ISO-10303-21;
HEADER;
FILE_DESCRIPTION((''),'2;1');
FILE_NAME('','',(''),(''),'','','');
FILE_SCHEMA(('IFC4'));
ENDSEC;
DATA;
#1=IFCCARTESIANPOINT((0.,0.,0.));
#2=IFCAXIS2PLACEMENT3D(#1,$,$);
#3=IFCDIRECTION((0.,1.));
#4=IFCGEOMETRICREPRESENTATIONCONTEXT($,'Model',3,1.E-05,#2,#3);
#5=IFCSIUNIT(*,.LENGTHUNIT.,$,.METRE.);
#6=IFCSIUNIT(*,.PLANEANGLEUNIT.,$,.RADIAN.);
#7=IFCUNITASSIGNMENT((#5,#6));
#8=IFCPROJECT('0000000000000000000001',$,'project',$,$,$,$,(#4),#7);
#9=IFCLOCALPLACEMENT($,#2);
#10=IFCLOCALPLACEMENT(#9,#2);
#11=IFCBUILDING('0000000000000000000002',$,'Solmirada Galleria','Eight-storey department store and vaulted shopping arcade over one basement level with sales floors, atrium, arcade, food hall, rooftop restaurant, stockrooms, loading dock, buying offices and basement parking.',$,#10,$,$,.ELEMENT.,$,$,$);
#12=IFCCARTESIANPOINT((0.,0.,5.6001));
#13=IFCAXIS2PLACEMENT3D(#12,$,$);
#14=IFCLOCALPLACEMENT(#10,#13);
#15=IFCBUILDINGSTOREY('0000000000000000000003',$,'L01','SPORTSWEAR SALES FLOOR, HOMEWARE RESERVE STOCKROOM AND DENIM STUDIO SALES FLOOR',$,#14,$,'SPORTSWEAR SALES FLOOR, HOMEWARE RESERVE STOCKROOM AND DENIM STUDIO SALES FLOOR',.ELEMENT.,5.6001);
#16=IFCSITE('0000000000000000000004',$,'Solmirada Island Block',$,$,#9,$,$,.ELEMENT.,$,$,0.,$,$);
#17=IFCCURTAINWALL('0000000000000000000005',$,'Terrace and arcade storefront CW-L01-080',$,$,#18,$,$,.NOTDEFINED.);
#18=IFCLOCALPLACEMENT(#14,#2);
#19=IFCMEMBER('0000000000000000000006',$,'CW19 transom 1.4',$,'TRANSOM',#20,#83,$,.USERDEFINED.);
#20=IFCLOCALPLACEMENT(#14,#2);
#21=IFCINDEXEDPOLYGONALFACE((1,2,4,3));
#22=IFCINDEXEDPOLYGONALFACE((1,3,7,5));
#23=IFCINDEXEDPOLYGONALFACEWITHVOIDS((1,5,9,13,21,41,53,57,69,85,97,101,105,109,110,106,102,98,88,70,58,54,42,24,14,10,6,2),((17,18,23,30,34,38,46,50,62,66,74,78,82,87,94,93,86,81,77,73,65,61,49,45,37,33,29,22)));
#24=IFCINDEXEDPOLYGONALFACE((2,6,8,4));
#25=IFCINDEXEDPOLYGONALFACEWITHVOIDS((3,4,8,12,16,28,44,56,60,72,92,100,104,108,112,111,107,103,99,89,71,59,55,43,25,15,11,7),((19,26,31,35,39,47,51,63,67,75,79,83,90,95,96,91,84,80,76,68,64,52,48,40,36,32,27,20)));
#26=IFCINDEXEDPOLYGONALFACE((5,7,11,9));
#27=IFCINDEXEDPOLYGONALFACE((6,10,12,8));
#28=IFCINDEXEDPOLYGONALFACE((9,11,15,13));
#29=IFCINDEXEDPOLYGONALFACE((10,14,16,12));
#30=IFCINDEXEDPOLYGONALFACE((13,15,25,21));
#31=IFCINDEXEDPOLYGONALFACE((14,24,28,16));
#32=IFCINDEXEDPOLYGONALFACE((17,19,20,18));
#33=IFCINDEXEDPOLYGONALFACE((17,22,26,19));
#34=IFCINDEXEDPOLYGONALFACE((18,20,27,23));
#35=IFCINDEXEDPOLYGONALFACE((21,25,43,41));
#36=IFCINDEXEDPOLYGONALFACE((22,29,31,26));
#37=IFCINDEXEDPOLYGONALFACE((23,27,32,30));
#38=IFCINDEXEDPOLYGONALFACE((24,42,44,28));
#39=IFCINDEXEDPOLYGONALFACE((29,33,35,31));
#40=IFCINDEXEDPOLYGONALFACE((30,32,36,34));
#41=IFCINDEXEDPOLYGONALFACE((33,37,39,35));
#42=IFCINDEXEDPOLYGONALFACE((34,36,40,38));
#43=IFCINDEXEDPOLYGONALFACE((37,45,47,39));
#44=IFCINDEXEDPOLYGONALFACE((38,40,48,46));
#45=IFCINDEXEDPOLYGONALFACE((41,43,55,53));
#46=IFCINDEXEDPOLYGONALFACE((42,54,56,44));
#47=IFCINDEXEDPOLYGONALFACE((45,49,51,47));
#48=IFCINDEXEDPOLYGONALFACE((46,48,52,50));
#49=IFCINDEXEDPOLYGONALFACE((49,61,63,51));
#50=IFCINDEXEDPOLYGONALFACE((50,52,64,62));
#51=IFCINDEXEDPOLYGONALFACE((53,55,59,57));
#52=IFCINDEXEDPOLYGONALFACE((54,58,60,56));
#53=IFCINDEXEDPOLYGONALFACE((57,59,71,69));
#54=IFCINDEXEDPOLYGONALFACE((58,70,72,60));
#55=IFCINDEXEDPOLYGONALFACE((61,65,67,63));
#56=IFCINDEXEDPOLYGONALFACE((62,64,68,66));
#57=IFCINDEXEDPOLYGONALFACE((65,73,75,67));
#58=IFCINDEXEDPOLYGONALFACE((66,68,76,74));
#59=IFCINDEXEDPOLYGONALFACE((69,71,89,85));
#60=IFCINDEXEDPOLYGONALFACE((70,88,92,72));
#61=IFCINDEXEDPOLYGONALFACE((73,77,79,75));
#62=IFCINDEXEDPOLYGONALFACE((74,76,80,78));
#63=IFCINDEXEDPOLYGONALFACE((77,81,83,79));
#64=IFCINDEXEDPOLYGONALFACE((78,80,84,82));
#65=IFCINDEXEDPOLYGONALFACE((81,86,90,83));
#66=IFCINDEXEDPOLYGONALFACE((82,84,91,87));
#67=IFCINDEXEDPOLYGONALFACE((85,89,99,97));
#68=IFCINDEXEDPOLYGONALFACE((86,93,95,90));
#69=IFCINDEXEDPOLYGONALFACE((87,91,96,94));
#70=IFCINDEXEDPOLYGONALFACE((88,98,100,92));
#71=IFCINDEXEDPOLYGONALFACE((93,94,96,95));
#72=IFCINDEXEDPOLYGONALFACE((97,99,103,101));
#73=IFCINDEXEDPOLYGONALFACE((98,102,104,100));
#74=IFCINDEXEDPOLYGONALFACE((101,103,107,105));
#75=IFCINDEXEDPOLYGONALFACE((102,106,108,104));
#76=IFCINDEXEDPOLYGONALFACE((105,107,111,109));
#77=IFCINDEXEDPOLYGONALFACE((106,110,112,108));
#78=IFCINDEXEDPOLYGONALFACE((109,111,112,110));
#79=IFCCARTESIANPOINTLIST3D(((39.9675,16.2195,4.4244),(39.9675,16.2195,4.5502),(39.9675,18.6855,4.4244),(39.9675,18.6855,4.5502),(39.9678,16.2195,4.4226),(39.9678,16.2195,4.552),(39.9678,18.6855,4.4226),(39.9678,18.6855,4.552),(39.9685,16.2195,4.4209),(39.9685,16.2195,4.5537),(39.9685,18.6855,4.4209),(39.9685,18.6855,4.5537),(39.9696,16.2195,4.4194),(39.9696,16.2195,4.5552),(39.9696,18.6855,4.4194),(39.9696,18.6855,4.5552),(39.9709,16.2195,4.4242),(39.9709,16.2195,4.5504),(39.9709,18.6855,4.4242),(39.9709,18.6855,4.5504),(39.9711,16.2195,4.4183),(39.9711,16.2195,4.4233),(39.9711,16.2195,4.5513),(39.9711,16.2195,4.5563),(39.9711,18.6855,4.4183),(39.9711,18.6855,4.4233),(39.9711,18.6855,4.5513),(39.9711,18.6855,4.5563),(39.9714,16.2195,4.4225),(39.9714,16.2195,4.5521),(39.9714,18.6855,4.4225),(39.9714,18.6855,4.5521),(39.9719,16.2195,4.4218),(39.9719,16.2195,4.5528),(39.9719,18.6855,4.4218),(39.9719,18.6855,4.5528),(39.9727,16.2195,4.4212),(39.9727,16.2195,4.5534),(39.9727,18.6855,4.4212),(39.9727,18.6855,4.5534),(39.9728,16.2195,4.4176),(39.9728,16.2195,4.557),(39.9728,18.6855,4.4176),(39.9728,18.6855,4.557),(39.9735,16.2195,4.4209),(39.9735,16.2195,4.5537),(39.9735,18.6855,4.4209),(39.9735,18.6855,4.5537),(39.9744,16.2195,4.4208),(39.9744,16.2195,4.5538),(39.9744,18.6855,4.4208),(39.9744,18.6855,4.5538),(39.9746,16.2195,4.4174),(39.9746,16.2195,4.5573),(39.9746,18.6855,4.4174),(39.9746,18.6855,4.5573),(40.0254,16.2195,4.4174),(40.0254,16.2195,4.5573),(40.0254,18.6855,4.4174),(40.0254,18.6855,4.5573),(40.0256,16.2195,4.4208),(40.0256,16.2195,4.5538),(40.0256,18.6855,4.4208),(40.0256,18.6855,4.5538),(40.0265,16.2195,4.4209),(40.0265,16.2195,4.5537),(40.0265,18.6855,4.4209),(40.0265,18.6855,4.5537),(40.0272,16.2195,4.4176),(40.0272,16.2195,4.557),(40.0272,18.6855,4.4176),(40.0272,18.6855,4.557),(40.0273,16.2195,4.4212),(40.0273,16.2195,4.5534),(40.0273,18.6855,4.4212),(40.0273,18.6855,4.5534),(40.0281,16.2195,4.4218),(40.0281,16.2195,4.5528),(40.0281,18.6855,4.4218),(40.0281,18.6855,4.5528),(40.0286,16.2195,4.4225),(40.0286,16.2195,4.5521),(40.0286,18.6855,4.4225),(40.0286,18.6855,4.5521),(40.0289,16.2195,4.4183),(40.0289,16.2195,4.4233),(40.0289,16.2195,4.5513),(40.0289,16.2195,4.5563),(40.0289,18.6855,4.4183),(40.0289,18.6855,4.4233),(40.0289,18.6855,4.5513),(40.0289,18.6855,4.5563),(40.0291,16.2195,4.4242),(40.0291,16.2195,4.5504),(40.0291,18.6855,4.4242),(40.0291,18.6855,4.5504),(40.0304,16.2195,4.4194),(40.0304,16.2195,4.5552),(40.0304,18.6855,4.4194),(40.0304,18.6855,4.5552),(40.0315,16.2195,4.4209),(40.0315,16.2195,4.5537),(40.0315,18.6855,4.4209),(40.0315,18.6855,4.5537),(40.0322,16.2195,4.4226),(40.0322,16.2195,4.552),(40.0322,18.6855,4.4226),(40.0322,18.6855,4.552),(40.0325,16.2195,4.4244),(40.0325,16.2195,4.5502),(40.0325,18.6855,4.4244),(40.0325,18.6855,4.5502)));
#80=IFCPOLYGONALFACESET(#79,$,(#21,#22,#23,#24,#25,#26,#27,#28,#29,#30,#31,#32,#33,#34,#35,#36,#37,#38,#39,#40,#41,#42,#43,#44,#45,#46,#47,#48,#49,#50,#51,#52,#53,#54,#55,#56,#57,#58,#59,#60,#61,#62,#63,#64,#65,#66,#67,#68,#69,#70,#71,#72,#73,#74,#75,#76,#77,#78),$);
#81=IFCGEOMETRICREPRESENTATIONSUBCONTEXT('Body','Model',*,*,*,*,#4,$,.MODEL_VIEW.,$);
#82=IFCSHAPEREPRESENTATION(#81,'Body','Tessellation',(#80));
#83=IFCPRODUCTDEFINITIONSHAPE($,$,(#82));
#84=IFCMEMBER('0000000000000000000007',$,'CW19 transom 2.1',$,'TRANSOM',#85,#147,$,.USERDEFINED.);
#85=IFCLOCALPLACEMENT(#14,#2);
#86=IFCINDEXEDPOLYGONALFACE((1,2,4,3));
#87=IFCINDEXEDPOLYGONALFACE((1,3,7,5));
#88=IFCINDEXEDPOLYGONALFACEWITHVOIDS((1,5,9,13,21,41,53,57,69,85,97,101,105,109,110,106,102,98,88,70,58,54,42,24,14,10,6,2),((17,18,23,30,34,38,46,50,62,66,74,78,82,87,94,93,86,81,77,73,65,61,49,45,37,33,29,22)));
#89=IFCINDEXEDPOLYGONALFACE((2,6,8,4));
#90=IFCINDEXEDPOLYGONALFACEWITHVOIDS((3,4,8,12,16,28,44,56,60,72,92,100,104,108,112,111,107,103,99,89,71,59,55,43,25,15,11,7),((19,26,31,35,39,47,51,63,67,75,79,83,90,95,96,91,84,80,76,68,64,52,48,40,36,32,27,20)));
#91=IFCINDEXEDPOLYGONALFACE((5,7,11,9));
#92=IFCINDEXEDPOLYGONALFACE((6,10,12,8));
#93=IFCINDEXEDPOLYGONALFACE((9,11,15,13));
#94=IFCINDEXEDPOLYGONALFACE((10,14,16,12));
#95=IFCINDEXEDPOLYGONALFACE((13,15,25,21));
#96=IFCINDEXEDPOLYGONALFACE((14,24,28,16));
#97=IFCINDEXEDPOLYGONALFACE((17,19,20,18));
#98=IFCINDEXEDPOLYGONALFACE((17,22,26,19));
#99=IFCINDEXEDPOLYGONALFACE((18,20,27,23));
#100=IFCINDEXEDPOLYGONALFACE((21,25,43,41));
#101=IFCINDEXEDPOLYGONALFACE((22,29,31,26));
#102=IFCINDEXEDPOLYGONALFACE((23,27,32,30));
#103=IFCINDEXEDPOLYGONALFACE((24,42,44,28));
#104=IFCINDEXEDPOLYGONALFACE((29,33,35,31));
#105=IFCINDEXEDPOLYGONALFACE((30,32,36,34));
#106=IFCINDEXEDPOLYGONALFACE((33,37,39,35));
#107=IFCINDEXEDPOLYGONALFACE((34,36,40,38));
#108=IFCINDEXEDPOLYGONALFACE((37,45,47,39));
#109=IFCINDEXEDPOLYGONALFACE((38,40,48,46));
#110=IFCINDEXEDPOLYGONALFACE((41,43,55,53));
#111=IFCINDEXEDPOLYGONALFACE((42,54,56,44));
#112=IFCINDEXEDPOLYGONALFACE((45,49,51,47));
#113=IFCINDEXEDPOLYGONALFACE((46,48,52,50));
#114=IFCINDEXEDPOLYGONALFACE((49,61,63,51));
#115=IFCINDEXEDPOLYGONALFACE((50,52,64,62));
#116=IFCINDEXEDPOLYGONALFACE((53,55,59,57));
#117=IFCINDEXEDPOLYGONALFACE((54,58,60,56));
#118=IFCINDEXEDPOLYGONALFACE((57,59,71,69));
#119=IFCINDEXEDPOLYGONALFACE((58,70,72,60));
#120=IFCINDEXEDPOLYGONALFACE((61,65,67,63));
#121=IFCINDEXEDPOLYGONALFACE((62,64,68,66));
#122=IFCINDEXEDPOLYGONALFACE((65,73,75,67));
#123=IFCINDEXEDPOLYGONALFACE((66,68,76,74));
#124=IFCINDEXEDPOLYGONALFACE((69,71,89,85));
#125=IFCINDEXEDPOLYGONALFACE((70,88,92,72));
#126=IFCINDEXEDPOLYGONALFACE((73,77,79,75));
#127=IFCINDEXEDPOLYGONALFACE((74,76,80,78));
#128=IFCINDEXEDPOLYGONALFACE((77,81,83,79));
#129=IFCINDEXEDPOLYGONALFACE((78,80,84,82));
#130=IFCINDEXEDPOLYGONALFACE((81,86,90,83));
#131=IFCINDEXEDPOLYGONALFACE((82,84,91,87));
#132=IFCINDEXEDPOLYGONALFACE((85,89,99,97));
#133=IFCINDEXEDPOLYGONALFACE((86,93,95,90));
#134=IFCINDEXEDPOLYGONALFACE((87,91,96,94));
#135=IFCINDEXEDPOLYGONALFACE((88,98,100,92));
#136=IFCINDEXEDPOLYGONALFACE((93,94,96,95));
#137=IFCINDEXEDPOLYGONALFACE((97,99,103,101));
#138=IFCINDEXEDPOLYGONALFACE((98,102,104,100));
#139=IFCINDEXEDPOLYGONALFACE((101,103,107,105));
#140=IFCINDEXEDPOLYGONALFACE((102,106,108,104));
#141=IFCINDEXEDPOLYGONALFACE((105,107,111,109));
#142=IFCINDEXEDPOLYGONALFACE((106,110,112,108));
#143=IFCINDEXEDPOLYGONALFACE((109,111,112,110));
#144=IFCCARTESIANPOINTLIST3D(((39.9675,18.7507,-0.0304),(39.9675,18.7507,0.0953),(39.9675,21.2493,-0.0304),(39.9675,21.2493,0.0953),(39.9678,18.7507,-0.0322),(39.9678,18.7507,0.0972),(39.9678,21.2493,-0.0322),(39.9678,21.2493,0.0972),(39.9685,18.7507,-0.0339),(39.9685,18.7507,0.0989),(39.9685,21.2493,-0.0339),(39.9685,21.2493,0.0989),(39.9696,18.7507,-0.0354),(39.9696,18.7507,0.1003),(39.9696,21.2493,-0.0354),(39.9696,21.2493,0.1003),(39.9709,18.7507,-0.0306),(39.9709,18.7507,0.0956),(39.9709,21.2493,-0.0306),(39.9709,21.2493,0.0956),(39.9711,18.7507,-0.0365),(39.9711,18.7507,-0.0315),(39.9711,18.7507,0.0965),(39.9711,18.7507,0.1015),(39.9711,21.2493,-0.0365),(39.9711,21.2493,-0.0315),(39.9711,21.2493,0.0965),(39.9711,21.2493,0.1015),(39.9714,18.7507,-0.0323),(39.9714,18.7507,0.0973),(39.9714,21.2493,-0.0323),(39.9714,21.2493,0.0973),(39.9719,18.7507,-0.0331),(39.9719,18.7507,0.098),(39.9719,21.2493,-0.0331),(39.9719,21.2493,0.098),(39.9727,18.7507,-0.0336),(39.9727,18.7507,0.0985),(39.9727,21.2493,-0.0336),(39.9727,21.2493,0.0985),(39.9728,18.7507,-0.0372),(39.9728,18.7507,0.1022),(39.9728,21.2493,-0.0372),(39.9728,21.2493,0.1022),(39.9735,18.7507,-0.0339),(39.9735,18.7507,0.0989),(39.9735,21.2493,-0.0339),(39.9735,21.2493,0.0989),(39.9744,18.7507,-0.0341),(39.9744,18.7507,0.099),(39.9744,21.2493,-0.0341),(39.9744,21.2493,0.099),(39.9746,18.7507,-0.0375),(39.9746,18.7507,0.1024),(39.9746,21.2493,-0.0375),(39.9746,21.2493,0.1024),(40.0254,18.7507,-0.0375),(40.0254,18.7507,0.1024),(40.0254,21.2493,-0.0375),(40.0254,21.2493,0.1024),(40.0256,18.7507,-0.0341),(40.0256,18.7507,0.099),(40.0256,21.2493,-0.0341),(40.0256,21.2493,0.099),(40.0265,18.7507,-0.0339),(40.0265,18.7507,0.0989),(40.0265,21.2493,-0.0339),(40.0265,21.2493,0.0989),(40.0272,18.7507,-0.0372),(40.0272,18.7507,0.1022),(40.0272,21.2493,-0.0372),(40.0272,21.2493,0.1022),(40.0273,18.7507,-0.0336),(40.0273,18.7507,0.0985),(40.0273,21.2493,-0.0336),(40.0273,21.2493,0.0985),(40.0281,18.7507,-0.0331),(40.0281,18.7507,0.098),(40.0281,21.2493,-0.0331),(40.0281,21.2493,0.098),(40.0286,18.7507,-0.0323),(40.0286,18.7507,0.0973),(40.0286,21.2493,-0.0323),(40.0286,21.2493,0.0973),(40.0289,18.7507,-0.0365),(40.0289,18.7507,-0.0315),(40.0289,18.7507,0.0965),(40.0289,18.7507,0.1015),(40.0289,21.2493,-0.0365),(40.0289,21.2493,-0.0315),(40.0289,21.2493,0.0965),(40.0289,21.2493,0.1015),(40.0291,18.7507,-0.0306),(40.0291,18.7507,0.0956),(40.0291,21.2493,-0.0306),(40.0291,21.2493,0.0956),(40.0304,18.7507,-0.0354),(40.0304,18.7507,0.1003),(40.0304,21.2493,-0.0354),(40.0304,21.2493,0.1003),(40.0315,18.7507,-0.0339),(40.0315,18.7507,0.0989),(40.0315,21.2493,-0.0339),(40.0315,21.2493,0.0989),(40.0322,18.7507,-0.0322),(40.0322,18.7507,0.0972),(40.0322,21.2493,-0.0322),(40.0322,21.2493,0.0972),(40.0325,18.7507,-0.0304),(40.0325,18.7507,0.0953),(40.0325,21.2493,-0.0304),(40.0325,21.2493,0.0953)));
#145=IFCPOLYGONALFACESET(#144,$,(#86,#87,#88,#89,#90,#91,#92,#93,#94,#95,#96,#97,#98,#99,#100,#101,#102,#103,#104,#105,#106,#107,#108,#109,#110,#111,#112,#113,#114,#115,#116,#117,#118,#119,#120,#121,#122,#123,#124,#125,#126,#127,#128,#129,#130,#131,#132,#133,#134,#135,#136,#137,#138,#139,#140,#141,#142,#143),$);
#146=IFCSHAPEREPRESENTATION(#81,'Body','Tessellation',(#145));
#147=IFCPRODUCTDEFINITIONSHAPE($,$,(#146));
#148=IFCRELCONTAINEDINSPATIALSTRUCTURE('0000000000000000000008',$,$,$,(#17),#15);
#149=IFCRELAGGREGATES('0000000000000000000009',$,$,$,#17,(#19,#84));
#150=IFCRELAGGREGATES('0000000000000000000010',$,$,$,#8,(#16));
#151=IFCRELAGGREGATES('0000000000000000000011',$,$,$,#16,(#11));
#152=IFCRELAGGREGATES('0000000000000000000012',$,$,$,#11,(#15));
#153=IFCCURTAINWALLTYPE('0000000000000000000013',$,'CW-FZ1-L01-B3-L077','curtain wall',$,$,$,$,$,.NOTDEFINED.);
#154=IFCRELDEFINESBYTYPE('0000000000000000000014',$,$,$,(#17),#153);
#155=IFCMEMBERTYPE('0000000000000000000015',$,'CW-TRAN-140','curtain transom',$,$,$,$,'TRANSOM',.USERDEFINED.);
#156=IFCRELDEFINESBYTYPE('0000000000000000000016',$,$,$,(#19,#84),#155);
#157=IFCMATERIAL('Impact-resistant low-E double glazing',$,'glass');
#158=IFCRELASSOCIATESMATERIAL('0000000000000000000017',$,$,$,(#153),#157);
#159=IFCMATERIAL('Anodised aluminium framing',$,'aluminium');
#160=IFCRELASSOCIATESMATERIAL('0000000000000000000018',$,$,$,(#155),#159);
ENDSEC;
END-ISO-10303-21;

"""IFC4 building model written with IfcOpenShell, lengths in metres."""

from ifc_helpers import new_model, si_unit, direction, frame, origin, origin_2d, place, context, subcontext, project, spatial, hollow_rectangle, extrude, material, material_profile, profile_set, type_object, element, aggregate, save


model = new_model("IFC4")

# Units and contexts
model_context = context("Model", 3, precision=1e-05, world=origin(), true_north=direction((0.0, 1.0)))
body_context = subcontext(model_context, "Body", "Model", "MODEL_VIEW")
ifc_project = project(units=[si_unit("LENGTHUNIT", "METRE"), si_unit("PLANEANGLEUNIT", "RADIAN")], contexts=[model_context])

# Site, building, storey
site_placement = place(None, origin())
site = spatial("IfcSite", under=ifc_project, at=site_placement, Name="Solmirada Island Block", CompositionType="ELEMENT", RefElevation=0.0)
building_placement = place(site_placement, origin())
building = spatial("IfcBuilding", under=site, at=building_placement, Name="Solmirada Galleria", Description="Eight-storey department store and vaulted shopping arcade over one basement level with sales floors, atrium, arcade, food hall, rooftop restaurant, stockrooms, loading dock, buying offices and basement parking.", CompositionType="ELEMENT")
storey_placement = place(building_placement, frame((0.0, 0.0, 5.6001)))
storey = spatial("IfcBuildingStorey", under=building, at=storey_placement, Name="L01", Description="SPORTSWEAR SALES FLOOR, HOMEWARE RESERVE STOCKROOM AND DENIM STUDIO SALES FLOOR", LongName="SPORTSWEAR SALES FLOOR, HOMEWARE RESERVE STOCKROOM AND DENIM STUDIO SALES FLOOR", CompositionType="ELEMENT", Elevation=5.6001)

# Curtain wall, members
ifc_material_1 = material(Name="Impact-resistant low-E double glazing", Category="glass")
curtain_wall_type = type_object("IfcCurtainWallType", Name="CW-FZ1-L01-B3-L077", Description="curtain wall", PredefinedType="NOTDEFINED", material=ifc_material_1)
curtain_wall_placement = place(storey_placement, origin())
curtain_wall = element("IfcCurtainWall", 1, at=curtain_wall_placement, inside=storey, type_object=curtain_wall_type, Name="Terrace and arcade storefront CW-L01-080", PredefinedType="NOTDEFINED")
ifc_material_2 = material(Name="Anodised aluminium framing", Category="aluminium")
ifc_material_profile_1 = material_profile(ifc_material_2, hollow_rectangle(XDim=0.0649, YDim=0.1399, WallThickness=0.0034, InnerFilletRadius=0.0034, OuterFilletRadius=0.0071, at=origin_2d()), Name="ALU-TRAN-140X65")
ifc_profile_set_1 = profile_set([ifc_material_profile_1], Name="Anodised aluminium framing")
member_type_1 = type_object("IfcMemberType", Name="CW-TRAN-140", Description="curtain transom", ElementType="TRANSOM", PredefinedType="USERDEFINED", material=ifc_profile_set_1)
member_1_placement = place(storey_placement, frame((40.0, 16.2195, 4.4873), z_axis=(0.0, 1.0, 0.0), x_axis=(-1.0, 0.0, 0.0)))
member_1 = element("IfcMember", 2, at=member_1_placement, type_object=member_type_1, Name="CW19 transom 1.4", ObjectType="TRANSOM", PredefinedType="USERDEFINED", context=body_context, shape_type="SweptSolid", body=[
    extrude(hollow_rectangle(XDim=0.0649, YDim=0.1399, WallThickness=0.0034, InnerFilletRadius=0.0034, OuterFilletRadius=0.0071, at=origin_2d()), origin(), (0.0, 0.0, 1.0), 2.4661),
])
member_2_placement = place(storey_placement, frame((40.0, 18.7507, 0.0325), z_axis=(0.0, 1.0, 0.0), x_axis=(-1.0, 0.0, 0.0)))
member_2 = element("IfcMember", 3, at=member_2_placement, type_object=member_type_1, Name="CW19 transom 2.1", ObjectType="TRANSOM", PredefinedType="USERDEFINED", context=body_context, shape_type="SweptSolid", body=[
    extrude(hollow_rectangle(XDim=0.0649, YDim=0.1399, WallThickness=0.0034, InnerFilletRadius=0.0034, OuterFilletRadius=0.0071, at=origin_2d()), origin(), (0.0, 0.0, 1.0), 2.4985),
])

aggregate(curtain_wall, [member_1, member_2])

save(model, "model.ifc")
